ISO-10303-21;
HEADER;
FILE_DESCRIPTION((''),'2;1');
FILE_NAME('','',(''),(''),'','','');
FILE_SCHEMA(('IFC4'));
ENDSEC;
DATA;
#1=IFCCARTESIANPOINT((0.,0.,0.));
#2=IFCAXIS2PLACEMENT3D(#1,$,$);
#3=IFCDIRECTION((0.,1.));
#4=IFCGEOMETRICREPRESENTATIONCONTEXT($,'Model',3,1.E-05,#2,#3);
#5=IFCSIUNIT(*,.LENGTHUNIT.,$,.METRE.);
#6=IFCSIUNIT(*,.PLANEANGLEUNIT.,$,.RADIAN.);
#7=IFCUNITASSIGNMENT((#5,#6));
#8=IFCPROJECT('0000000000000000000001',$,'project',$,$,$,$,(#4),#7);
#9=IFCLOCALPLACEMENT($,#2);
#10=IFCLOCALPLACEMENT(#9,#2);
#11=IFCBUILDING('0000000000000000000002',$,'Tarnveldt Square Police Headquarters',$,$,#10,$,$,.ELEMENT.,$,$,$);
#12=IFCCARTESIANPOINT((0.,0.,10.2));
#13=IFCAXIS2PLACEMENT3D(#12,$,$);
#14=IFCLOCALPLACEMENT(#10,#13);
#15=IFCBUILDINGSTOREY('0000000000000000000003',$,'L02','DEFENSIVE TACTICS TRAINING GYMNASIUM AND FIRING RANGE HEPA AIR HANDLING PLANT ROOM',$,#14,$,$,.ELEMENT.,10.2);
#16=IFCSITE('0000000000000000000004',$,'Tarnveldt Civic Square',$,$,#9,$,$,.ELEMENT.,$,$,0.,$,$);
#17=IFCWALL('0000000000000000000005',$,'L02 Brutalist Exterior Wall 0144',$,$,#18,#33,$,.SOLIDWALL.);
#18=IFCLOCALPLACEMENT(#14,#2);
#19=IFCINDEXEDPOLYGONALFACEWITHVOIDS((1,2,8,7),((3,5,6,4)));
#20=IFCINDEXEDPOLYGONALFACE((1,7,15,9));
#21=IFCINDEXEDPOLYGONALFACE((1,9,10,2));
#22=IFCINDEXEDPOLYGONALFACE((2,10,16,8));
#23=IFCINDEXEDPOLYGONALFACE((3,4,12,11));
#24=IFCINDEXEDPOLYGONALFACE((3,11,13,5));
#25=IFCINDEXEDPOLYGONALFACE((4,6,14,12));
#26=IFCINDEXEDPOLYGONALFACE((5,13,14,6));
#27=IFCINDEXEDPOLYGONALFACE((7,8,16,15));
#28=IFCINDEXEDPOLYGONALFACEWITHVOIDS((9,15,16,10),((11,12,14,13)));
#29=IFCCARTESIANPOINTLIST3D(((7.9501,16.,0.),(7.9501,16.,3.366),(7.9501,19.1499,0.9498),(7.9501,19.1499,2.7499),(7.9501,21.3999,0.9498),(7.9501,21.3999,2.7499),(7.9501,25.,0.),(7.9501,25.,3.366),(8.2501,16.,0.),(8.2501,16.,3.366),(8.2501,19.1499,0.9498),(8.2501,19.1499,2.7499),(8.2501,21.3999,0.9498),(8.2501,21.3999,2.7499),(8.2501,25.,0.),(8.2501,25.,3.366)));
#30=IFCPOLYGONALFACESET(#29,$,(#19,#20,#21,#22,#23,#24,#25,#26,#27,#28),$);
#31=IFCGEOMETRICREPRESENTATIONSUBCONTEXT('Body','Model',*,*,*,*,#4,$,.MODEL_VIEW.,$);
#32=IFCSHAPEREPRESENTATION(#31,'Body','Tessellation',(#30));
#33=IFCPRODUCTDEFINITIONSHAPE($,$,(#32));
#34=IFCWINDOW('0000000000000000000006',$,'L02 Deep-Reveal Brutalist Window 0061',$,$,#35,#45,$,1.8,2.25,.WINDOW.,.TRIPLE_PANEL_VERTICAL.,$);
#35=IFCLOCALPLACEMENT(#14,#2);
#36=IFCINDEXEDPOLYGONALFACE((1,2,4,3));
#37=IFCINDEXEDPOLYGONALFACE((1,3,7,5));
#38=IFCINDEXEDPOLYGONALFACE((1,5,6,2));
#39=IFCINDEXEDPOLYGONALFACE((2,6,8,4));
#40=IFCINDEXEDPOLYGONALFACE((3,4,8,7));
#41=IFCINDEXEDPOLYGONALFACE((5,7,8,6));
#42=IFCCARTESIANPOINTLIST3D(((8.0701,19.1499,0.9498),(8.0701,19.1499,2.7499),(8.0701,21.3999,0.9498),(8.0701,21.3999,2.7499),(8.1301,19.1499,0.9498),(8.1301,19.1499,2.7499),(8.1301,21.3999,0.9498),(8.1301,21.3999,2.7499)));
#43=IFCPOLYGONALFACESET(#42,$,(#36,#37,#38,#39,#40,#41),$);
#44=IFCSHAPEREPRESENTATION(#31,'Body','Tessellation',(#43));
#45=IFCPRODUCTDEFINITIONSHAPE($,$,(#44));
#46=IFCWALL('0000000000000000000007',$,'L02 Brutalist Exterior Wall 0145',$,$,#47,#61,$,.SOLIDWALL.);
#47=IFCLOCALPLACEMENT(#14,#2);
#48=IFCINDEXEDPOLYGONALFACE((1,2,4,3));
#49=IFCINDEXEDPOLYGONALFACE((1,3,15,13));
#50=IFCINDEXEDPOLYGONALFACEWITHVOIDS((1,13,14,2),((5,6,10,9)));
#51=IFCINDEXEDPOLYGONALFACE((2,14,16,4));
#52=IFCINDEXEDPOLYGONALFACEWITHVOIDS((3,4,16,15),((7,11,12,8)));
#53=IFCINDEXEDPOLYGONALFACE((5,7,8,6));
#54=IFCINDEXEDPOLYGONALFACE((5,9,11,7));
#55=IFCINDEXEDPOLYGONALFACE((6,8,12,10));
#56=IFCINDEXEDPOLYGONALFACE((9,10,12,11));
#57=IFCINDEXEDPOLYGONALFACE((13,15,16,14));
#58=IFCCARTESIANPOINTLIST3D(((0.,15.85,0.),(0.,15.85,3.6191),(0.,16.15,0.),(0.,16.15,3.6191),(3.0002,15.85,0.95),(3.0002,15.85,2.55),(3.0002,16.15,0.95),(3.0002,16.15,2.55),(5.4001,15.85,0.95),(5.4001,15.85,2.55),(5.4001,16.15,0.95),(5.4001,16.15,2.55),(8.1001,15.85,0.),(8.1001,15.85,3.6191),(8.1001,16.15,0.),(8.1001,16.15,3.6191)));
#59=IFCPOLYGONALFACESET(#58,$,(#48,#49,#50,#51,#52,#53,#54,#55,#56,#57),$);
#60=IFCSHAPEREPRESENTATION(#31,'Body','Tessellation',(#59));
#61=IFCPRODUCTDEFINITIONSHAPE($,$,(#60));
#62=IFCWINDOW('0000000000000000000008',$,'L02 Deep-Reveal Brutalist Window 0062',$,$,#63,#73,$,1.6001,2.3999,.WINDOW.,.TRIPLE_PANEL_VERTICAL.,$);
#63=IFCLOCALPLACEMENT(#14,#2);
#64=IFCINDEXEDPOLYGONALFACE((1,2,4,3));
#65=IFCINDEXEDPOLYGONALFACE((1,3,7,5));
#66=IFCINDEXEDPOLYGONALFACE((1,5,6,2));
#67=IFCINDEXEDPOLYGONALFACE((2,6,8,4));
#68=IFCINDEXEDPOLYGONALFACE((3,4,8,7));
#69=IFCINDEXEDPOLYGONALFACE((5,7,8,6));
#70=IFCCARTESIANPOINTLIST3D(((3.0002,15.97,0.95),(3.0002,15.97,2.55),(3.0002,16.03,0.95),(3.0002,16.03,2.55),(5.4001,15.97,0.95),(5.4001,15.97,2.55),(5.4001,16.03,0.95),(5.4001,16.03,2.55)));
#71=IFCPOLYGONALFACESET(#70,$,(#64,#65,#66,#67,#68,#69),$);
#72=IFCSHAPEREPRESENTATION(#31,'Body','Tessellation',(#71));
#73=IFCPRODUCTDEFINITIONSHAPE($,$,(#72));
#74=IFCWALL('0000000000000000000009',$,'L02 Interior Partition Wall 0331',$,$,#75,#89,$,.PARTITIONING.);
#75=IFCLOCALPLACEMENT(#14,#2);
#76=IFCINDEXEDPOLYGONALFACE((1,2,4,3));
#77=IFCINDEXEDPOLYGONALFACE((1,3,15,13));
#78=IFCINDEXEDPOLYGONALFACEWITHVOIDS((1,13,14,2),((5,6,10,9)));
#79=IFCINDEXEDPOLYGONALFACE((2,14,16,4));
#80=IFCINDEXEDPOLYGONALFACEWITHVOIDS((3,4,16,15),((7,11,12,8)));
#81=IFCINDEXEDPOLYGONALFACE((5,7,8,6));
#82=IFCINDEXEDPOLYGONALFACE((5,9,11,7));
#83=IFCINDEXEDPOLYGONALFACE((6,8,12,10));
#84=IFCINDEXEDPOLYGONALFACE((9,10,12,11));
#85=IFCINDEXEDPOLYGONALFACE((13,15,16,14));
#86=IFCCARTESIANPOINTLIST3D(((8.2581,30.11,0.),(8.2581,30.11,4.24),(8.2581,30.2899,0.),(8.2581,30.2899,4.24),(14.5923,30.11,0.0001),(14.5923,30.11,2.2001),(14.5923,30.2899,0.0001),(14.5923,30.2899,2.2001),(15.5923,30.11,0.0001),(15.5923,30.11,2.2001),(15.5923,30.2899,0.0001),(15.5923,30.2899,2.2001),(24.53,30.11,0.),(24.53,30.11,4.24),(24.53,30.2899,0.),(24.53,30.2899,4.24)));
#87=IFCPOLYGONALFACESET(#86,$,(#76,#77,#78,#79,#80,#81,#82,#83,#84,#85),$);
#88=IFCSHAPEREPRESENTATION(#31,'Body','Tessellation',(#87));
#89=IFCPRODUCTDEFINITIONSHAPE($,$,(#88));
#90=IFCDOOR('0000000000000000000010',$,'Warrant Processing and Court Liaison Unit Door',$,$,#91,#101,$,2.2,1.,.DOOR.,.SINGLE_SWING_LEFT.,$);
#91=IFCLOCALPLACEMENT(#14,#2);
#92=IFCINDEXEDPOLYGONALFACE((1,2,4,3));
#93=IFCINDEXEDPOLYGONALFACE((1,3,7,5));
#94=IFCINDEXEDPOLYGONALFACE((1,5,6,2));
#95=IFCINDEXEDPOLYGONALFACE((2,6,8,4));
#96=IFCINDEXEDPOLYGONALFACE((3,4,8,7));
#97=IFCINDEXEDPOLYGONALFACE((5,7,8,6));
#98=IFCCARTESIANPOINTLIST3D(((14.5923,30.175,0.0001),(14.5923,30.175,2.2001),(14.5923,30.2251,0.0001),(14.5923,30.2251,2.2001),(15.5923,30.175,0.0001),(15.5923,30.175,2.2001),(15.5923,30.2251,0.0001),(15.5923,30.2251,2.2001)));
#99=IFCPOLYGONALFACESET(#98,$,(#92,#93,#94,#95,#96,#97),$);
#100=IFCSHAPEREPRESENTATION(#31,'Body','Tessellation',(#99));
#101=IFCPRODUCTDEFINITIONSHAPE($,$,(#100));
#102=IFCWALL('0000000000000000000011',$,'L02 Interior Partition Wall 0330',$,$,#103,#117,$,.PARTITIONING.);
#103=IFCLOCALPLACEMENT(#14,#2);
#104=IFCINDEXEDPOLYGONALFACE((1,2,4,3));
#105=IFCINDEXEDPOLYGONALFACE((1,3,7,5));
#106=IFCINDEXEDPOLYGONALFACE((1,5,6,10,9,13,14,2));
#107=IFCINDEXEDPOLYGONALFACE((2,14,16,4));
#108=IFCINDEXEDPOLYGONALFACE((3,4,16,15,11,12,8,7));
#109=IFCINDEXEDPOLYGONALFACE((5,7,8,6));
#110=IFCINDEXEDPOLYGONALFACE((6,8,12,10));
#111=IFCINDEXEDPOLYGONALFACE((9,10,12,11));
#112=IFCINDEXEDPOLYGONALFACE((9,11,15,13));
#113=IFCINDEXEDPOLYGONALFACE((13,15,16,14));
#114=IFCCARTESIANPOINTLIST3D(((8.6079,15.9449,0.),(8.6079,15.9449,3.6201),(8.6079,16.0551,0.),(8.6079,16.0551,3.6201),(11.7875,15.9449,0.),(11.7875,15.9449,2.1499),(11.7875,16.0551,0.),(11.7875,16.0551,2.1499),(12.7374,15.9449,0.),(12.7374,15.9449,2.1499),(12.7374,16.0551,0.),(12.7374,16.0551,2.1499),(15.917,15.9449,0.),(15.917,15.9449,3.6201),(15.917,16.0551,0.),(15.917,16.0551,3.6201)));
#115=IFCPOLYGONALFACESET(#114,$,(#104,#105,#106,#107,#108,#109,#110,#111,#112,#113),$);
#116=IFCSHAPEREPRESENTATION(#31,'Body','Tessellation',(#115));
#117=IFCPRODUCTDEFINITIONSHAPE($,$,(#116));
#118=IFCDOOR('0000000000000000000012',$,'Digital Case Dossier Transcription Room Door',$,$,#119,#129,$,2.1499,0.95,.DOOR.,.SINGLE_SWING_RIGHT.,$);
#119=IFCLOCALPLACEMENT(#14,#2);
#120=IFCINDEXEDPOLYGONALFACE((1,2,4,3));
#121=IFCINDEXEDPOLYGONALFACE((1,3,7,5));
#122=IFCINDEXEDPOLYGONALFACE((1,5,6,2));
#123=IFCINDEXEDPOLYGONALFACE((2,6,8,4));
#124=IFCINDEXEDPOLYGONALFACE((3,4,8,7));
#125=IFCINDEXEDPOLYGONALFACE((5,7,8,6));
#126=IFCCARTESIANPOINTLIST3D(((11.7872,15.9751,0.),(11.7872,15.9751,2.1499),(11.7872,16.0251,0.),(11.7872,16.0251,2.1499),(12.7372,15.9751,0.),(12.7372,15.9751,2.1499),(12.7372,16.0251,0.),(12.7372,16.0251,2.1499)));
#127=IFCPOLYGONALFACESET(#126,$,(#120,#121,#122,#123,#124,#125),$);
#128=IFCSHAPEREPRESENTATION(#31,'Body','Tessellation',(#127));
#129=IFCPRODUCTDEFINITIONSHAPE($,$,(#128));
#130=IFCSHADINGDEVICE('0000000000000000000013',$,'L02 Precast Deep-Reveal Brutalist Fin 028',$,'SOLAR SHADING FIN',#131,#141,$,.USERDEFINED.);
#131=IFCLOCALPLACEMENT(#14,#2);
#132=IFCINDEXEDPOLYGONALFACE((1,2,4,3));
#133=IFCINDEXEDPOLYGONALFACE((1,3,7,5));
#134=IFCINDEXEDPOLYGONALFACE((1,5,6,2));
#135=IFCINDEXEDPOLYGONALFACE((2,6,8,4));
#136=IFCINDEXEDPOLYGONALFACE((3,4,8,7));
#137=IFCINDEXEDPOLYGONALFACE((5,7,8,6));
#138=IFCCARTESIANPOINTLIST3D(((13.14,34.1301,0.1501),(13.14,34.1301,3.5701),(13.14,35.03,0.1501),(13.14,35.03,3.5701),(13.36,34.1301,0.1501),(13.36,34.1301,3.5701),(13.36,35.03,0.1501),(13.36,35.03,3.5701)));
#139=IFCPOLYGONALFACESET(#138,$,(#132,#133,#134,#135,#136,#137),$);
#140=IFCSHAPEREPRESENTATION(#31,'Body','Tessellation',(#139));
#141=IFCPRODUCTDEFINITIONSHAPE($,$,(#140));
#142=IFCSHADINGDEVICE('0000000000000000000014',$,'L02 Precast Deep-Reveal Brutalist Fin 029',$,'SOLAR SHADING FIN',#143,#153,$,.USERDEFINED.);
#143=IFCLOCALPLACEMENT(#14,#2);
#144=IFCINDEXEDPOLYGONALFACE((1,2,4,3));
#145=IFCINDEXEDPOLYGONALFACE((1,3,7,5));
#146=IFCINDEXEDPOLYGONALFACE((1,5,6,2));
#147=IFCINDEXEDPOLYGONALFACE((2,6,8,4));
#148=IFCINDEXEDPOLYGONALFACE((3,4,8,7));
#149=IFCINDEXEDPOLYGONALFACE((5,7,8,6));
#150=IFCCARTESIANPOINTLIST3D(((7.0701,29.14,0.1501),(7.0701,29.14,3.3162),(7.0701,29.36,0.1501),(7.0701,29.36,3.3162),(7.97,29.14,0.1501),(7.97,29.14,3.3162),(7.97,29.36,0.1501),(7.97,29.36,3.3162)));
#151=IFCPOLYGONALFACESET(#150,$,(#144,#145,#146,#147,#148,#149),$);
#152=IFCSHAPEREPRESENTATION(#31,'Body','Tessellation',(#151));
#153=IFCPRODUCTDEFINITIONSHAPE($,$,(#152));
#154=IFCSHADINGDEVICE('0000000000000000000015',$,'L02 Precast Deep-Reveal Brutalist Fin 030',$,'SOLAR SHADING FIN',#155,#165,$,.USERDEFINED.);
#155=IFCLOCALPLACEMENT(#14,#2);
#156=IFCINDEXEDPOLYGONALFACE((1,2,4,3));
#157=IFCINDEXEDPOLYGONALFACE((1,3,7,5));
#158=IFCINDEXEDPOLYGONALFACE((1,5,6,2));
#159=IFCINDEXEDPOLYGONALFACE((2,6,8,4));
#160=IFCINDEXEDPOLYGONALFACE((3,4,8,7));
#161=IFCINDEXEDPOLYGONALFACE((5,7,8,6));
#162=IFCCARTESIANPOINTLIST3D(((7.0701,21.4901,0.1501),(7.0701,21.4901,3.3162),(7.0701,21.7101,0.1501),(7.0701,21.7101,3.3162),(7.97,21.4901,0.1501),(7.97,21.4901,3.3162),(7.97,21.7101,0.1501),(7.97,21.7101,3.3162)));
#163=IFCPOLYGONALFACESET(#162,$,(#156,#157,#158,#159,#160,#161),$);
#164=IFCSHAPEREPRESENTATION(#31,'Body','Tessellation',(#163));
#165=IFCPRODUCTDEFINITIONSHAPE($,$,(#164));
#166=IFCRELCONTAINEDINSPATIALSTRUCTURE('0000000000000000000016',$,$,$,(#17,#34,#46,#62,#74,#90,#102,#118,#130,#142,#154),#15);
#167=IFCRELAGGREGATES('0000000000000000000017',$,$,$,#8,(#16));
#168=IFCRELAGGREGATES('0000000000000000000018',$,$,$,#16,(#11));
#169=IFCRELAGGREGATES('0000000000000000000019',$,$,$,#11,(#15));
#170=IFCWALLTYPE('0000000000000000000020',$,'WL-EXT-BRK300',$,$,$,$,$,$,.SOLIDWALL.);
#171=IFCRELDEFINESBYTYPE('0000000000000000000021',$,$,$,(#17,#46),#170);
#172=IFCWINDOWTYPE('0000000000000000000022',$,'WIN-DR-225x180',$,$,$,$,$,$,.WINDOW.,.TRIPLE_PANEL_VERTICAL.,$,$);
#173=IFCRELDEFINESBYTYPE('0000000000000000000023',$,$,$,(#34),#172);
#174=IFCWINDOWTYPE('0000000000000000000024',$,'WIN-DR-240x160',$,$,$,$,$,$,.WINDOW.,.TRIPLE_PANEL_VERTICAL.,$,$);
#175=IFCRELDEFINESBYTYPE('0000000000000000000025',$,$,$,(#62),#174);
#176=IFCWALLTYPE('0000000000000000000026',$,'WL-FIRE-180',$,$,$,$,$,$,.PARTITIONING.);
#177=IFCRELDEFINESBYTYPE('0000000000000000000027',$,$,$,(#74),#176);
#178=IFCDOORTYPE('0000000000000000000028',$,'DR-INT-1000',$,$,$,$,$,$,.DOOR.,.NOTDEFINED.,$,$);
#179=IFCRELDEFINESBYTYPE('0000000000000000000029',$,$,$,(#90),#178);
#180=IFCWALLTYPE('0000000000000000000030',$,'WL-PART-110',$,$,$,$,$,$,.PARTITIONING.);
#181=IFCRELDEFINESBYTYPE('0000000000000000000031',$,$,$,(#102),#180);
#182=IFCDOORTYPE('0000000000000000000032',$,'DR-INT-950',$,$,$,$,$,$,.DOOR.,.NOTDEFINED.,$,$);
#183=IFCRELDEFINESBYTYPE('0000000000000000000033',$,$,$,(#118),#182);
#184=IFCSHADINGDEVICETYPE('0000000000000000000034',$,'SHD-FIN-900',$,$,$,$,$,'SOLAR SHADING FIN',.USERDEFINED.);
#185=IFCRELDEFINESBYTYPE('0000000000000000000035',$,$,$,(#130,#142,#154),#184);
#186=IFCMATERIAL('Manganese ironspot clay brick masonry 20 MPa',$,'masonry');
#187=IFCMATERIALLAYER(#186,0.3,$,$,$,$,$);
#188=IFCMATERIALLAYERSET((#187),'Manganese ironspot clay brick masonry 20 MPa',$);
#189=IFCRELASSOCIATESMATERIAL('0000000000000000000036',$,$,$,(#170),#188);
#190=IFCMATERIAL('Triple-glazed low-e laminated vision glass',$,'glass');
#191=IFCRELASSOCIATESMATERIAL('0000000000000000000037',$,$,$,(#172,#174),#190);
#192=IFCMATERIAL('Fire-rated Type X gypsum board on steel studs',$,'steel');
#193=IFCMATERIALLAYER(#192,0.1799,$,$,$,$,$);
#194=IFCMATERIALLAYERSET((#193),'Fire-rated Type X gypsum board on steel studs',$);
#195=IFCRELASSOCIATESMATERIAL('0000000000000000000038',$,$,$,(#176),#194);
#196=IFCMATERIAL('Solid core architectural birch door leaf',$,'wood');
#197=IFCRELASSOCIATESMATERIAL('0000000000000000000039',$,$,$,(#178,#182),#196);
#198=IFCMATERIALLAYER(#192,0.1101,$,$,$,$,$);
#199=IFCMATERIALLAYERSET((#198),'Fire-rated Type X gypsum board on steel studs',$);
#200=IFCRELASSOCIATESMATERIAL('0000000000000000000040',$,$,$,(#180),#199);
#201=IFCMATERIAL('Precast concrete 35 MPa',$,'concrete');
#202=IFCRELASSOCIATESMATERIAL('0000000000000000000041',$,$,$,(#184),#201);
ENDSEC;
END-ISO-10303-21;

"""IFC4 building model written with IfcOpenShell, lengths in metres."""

from ifc_helpers import new_model, si_unit, direction, frame, frame_2d, origin, origin_2d, place, context, subcontext, project, spatial, rectangle, extrude, material, layer, layer_set, material_profile, profile_set, type_object, element, fill, save


model = new_model("IFC4")

# Units and contexts
model_context = context("Model", 3, precision=1e-05, world=origin(), true_north=direction((0.0, 1.0)))
body_context = subcontext(model_context, "Body", "Model", "MODEL_VIEW")
ifc_project = project(units=[si_unit("LENGTHUNIT", "METRE"), si_unit("PLANEANGLEUNIT", "RADIAN")], contexts=[model_context])

# Site, building, storey
site_placement = place(None, origin())
site = spatial("IfcSite", under=ifc_project, at=site_placement, Name="Tarnveldt Civic Square", CompositionType="ELEMENT", RefElevation=0.0)
building_placement = place(site_placement, origin())
building = spatial("IfcBuilding", under=site, at=building_placement, Name="Tarnveldt Square Police Headquarters", CompositionType="ELEMENT")
storey_placement = place(building_placement, frame((0.0, 0.0, 10.2)))
storey = spatial("IfcBuildingStorey", under=building, at=storey_placement, Name="L02", Description="DEFENSIVE TACTICS TRAINING GYMNASIUM AND FIRING RANGE HEPA AIR HANDLING PLANT ROOM", CompositionType="ELEMENT", Elevation=10.2)

# Shared definitions
ifc_material_1 = material(Name="Precast concrete 35 MPa", Category="concrete")

# Shared definitions
ifc_material_2 = material(Name="Manganese ironspot clay brick masonry 20 MPa", Category="masonry")
ifc_layer_1 = layer(ifc_material_2, 0.3)
ifc_layer_set_1 = layer_set([ifc_layer_1], Name="Manganese ironspot clay brick masonry 20 MPa")
wall_type_1 = type_object("IfcWallType", Name="WL-EXT-BRK300", PredefinedType="SOLIDWALL", material=ifc_layer_set_1)

# Walls, openings, windows
ifc_material_3 = material(Name="Triple-glazed low-e laminated vision glass", Category="glass")
wall_1_placement = place(storey_placement, frame((8.1001, 25.0, 0.0), z_axis=(0.0, 0.0, 1.0), x_axis=(0.0, -1.0, 0.0)))
wall_1 = element("IfcWall", 1, at=wall_1_placement, inside=storey, type_object=wall_type_1, Name="L02 Brutalist Exterior Wall 0144", PredefinedType="SOLIDWALL", context=body_context, shape_type="SweptSolid", body=[
    extrude(rectangle(XDim=9.0, YDim=0.3, at=frame_2d((4.5, 0.0))), origin(), (0.0, 0.0, 1.0), 3.366),
])
opening_1_placement = place(wall_1_placement, frame((3.6001, 0.0, 0.95)))
opening_1 = element("IfcOpeningElement", 2, at=opening_1_placement, cuts=wall_1, PredefinedType="OPENING", context=body_context, shape_type="SweptSolid", body=[
    extrude(rectangle(XDim=2.25, YDim=1.8, at=frame_2d((1.125, 0.8999))), frame((0.0, 0.1599, 0.0), z_axis=(0.0, -1.0, 0.0), x_axis=(1.0, 0.0, 0.0)), (0.0, 0.0, 1.0), 0.3201),
])
window_type_1 = type_object("IfcWindowType", Name="WIN-DR-225x180", PartitioningType="TRIPLE_PANEL_VERTICAL", PredefinedType="WINDOW", material=ifc_material_3)
window_1_placement = place(opening_1_placement, origin())
window_1 = element("IfcWindow", 3, at=window_1_placement, inside=storey, type_object=window_type_1, Name="L02 Deep-Reveal Brutalist Window 0061", OverallHeight=1.8, OverallWidth=2.25, PartitioningType="TRIPLE_PANEL_VERTICAL", PredefinedType="WINDOW", context=body_context, shape_type="SweptSolid", body=[
    extrude(rectangle(XDim=2.25, YDim=1.8, at=frame_2d((1.125, 0.8999))), frame((0.0, 0.03, 0.0), z_axis=(0.0, -1.0, 0.0), x_axis=(1.0, 0.0, 0.0)), (0.0, 0.0, 1.0), 0.0601),
])
fill(opening_1, window_1)
wall_2_placement = place(storey_placement, frame((8.1001, 16.0, 0.0), z_axis=(0.0, 0.0, 1.0), x_axis=(-1.0, 0.0, 0.0)))
wall_2 = element("IfcWall", 4, at=wall_2_placement, inside=storey, type_object=wall_type_1, Name="L02 Brutalist Exterior Wall 0145", PredefinedType="SOLIDWALL", context=body_context, shape_type="SweptSolid", body=[
    extrude(rectangle(XDim=8.1001, YDim=0.3, at=frame_2d((4.05, 0.0))), origin(), (0.0, 0.0, 1.0), 3.6191),
])
opening_2_placement = place(wall_2_placement, frame((2.7, 0.0, 0.95)))
opening_2 = element("IfcOpeningElement", 5, at=opening_2_placement, cuts=wall_2, PredefinedType="OPENING", context=body_context, shape_type="SweptSolid", body=[
    extrude(rectangle(XDim=2.3999, YDim=1.6001, at=frame_2d((1.2, 0.8))), frame((0.0, 0.1599, 0.0), z_axis=(0.0, -1.0, 0.0), x_axis=(1.0, 0.0, 0.0)), (0.0, 0.0, 1.0), 0.3201),
])
window_type_2 = type_object("IfcWindowType", Name="WIN-DR-240x160", PartitioningType="TRIPLE_PANEL_VERTICAL", PredefinedType="WINDOW", material=ifc_material_3)
window_2_placement = place(opening_2_placement, origin())
window_2 = element("IfcWindow", 6, at=window_2_placement, inside=storey, type_object=window_type_2, Name="L02 Deep-Reveal Brutalist Window 0062", OverallHeight=1.6001, OverallWidth=2.3999, PartitioningType="TRIPLE_PANEL_VERTICAL", PredefinedType="WINDOW", context=body_context, shape_type="SweptSolid", body=[
    extrude(rectangle(XDim=2.3999, YDim=1.6001, at=frame_2d((1.2, 0.8))), frame((0.0, 0.03, 0.0), z_axis=(0.0, -1.0, 0.0), x_axis=(1.0, 0.0, 0.0)), (0.0, 0.0, 1.0), 0.0601),
])
fill(opening_2, window_2)

# Walls, openings, doors
ifc_material_4 = material(Name="Fire-rated Type X gypsum board on steel studs", Category="steel")
ifc_layer_2 = layer(ifc_material_4, 0.1799)
ifc_layer_set_2 = layer_set([ifc_layer_2], Name="Fire-rated Type X gypsum board on steel studs")
wall_type_2 = type_object("IfcWallType", Name="WL-FIRE-180", PredefinedType="PARTITIONING", material=ifc_layer_set_2)
wall_3_placement = place(storey_placement, frame((8.2581, 30.2, 0.0), z_axis=(0.0, 0.0, 1.0), x_axis=(1.0, 0.0, 0.0)))
wall_3 = element("IfcWall", 7, at=wall_3_placement, inside=storey, type_object=wall_type_2, Name="L02 Interior Partition Wall 0331", PredefinedType="PARTITIONING", context=body_context, shape_type="SweptSolid", body=[
    extrude(rectangle(XDim=16.272, YDim=0.1799, at=frame_2d((8.136, 0.0))), origin(), (0.0, 0.0, 1.0), 4.24),
])
opening_3_placement = place(wall_3_placement, frame((6.3342, 0.0, 0.0)))
opening_3 = element("IfcOpeningElement", 8, at=opening_3_placement, cuts=wall_3, PredefinedType="OPENING", context=body_context, shape_type="SweptSolid", body=[
    extrude(rectangle(XDim=1.0, YDim=2.2, at=frame_2d((0.5, 1.1001))), frame((0.0, 0.0999, 0.0), z_axis=(0.0, -1.0, 0.0), x_axis=(1.0, 0.0, 0.0)), (0.0, 0.0, 1.0), 0.2),
])
ifc_material_5 = material(Name="Solid core architectural birch door leaf", Category="wood")
door_type_1 = type_object("IfcDoorType", Name="DR-INT-1000", OperationType="NOTDEFINED", PredefinedType="DOOR", material=ifc_material_5)
door_1_placement = place(opening_3_placement, frame((1.0, 0.0, 0.0), z_axis=(0.0, 0.0, 1.0), x_axis=(-1.0, 0.0, 0.0)))
door_1 = element("IfcDoor", 9, at=door_1_placement, inside=storey, type_object=door_type_1, Name="Warrant Processing and Court Liaison Unit Door", OperationType="SINGLE_SWING_LEFT", OverallHeight=2.2, OverallWidth=1.0, PredefinedType="DOOR", context=body_context, shape_type="SweptSolid", body=[
    extrude(rectangle(XDim=1.0, YDim=2.2, at=frame_2d((0.5, 1.1001))), frame((0.0, 0.0249, 0.0), z_axis=(0.0, -1.0, 0.0), x_axis=(1.0, 0.0, 0.0)), (0.0, 0.0, 1.0), 0.05),
])
fill(opening_3, door_1)
ifc_layer_3 = layer(ifc_material_4, 0.1101)
ifc_layer_set_3 = layer_set([ifc_layer_3], Name="Fire-rated Type X gypsum board on steel studs")
wall_type_3 = type_object("IfcWallType", Name="WL-PART-110", PredefinedType="PARTITIONING", material=ifc_layer_set_3)
wall_4_placement = place(storey_placement, frame((8.6079, 16.0, 0.0), z_axis=(0.0, 0.0, 1.0), x_axis=(1.0, 0.0, 0.0)))
wall_4 = element("IfcWall", 10, at=wall_4_placement, inside=storey, type_object=wall_type_3, Name="L02 Interior Partition Wall 0330", PredefinedType="PARTITIONING", context=body_context, shape_type="SweptSolid", body=[
    extrude(rectangle(XDim=7.3091, YDim=0.1101, at=frame_2d((3.6545, 0.0))), origin(), (0.0, 0.0, 1.0), 3.6201),
])
opening_4_placement = place(wall_4_placement, frame((3.1794, 0.0, 0.0)))
opening_4 = element("IfcOpeningElement", 11, at=opening_4_placement, cuts=wall_4, PredefinedType="OPENING", context=body_context, shape_type="SweptSolid", body=[
    extrude(rectangle(XDim=0.95, YDim=2.1499, at=frame_2d((0.4751, 1.075))), frame((0.0, 0.0649, 0.0), z_axis=(0.0, -1.0, 0.0), x_axis=(1.0, 0.0, 0.0)), (0.0, 0.0, 1.0), 0.1301),
])
door_type_2 = type_object("IfcDoorType", Name="DR-INT-950", OperationType="NOTDEFINED", PredefinedType="DOOR", material=ifc_material_5)
door_2_placement = place(opening_4_placement, frame((0.95, 0.0, 0.0), z_axis=(0.0, 0.0, 1.0), x_axis=(-1.0, 0.0, 0.0)))
door_2 = element("IfcDoor", 12, at=door_2_placement, inside=storey, type_object=door_type_2, Name="Digital Case Dossier Transcription Room Door", OperationType="SINGLE_SWING_RIGHT", OverallHeight=2.1499, OverallWidth=0.95, PredefinedType="DOOR", context=body_context, shape_type="SweptSolid", body=[
    extrude(rectangle(XDim=0.95, YDim=2.1499, at=frame_2d((0.4751, 1.075))), frame((0.0, 0.0249, 0.0), z_axis=(0.0, -1.0, 0.0), x_axis=(1.0, 0.0, 0.0)), (0.0, 0.0, 1.0), 0.05),
])
fill(opening_4, door_2)

# Shading devices
ifc_material_profile_1 = material_profile(ifc_material_1, rectangle(XDim=0.22, YDim=0.8999, at=origin_2d()), Name="PC-FIN220x900")
ifc_profile_set_1 = profile_set([ifc_material_profile_1], Name="Precast concrete 35 MPa")
shading_device_type = type_object("IfcShadingDeviceType", Name="SHD-FIN-900", ElementType="SOLAR SHADING FIN", PredefinedType="USERDEFINED", material=ifc_profile_set_1)
shading_device_1_placement = place(storey_placement, frame((13.25, 34.5801, 0.1501), z_axis=(0.0, 0.0, 1.0), x_axis=(-1.0, 0.0, 0.0)))
element("IfcShadingDevice", 13, at=shading_device_1_placement, inside=storey, type_object=shading_device_type, Name="L02 Precast Deep-Reveal Brutalist Fin 028", ObjectType="SOLAR SHADING FIN", PredefinedType="USERDEFINED", context=body_context, shape_type="SweptSolid", body=[
    extrude(rectangle(XDim=0.22, YDim=0.8999, at=origin_2d()), origin(), (0.0, 0.0, 1.0), 3.4199),
])
for number, where, z_axis, x_axis, name in (
    (14, (7.52, 29.25, 0.1501), (0.0, 0.0, 1.0), (0.0, -1.0, 0.0), "L02 Precast Deep-Reveal Brutalist Fin 029"),
    (15, (7.52, 21.6001, 0.1501), (0.0, 0.0, 1.0), (0.0, -1.0, 0.0), "L02 Precast Deep-Reveal Brutalist Fin 030"),
):
    element("IfcShadingDevice", number, at=place(storey_placement, frame(where, z_axis=z_axis, x_axis=x_axis)), inside=storey, type_object=shading_device_type, Name=name, ObjectType="SOLAR SHADING FIN", PredefinedType="USERDEFINED", context=body_context, shape_type="SweptSolid", body=[
        extrude(rectangle(XDim=0.22, YDim=0.8999, at=origin_2d()), origin(), (0.0, 0.0, 1.0), 3.166),
    ])

save(model, "model.ifc")
